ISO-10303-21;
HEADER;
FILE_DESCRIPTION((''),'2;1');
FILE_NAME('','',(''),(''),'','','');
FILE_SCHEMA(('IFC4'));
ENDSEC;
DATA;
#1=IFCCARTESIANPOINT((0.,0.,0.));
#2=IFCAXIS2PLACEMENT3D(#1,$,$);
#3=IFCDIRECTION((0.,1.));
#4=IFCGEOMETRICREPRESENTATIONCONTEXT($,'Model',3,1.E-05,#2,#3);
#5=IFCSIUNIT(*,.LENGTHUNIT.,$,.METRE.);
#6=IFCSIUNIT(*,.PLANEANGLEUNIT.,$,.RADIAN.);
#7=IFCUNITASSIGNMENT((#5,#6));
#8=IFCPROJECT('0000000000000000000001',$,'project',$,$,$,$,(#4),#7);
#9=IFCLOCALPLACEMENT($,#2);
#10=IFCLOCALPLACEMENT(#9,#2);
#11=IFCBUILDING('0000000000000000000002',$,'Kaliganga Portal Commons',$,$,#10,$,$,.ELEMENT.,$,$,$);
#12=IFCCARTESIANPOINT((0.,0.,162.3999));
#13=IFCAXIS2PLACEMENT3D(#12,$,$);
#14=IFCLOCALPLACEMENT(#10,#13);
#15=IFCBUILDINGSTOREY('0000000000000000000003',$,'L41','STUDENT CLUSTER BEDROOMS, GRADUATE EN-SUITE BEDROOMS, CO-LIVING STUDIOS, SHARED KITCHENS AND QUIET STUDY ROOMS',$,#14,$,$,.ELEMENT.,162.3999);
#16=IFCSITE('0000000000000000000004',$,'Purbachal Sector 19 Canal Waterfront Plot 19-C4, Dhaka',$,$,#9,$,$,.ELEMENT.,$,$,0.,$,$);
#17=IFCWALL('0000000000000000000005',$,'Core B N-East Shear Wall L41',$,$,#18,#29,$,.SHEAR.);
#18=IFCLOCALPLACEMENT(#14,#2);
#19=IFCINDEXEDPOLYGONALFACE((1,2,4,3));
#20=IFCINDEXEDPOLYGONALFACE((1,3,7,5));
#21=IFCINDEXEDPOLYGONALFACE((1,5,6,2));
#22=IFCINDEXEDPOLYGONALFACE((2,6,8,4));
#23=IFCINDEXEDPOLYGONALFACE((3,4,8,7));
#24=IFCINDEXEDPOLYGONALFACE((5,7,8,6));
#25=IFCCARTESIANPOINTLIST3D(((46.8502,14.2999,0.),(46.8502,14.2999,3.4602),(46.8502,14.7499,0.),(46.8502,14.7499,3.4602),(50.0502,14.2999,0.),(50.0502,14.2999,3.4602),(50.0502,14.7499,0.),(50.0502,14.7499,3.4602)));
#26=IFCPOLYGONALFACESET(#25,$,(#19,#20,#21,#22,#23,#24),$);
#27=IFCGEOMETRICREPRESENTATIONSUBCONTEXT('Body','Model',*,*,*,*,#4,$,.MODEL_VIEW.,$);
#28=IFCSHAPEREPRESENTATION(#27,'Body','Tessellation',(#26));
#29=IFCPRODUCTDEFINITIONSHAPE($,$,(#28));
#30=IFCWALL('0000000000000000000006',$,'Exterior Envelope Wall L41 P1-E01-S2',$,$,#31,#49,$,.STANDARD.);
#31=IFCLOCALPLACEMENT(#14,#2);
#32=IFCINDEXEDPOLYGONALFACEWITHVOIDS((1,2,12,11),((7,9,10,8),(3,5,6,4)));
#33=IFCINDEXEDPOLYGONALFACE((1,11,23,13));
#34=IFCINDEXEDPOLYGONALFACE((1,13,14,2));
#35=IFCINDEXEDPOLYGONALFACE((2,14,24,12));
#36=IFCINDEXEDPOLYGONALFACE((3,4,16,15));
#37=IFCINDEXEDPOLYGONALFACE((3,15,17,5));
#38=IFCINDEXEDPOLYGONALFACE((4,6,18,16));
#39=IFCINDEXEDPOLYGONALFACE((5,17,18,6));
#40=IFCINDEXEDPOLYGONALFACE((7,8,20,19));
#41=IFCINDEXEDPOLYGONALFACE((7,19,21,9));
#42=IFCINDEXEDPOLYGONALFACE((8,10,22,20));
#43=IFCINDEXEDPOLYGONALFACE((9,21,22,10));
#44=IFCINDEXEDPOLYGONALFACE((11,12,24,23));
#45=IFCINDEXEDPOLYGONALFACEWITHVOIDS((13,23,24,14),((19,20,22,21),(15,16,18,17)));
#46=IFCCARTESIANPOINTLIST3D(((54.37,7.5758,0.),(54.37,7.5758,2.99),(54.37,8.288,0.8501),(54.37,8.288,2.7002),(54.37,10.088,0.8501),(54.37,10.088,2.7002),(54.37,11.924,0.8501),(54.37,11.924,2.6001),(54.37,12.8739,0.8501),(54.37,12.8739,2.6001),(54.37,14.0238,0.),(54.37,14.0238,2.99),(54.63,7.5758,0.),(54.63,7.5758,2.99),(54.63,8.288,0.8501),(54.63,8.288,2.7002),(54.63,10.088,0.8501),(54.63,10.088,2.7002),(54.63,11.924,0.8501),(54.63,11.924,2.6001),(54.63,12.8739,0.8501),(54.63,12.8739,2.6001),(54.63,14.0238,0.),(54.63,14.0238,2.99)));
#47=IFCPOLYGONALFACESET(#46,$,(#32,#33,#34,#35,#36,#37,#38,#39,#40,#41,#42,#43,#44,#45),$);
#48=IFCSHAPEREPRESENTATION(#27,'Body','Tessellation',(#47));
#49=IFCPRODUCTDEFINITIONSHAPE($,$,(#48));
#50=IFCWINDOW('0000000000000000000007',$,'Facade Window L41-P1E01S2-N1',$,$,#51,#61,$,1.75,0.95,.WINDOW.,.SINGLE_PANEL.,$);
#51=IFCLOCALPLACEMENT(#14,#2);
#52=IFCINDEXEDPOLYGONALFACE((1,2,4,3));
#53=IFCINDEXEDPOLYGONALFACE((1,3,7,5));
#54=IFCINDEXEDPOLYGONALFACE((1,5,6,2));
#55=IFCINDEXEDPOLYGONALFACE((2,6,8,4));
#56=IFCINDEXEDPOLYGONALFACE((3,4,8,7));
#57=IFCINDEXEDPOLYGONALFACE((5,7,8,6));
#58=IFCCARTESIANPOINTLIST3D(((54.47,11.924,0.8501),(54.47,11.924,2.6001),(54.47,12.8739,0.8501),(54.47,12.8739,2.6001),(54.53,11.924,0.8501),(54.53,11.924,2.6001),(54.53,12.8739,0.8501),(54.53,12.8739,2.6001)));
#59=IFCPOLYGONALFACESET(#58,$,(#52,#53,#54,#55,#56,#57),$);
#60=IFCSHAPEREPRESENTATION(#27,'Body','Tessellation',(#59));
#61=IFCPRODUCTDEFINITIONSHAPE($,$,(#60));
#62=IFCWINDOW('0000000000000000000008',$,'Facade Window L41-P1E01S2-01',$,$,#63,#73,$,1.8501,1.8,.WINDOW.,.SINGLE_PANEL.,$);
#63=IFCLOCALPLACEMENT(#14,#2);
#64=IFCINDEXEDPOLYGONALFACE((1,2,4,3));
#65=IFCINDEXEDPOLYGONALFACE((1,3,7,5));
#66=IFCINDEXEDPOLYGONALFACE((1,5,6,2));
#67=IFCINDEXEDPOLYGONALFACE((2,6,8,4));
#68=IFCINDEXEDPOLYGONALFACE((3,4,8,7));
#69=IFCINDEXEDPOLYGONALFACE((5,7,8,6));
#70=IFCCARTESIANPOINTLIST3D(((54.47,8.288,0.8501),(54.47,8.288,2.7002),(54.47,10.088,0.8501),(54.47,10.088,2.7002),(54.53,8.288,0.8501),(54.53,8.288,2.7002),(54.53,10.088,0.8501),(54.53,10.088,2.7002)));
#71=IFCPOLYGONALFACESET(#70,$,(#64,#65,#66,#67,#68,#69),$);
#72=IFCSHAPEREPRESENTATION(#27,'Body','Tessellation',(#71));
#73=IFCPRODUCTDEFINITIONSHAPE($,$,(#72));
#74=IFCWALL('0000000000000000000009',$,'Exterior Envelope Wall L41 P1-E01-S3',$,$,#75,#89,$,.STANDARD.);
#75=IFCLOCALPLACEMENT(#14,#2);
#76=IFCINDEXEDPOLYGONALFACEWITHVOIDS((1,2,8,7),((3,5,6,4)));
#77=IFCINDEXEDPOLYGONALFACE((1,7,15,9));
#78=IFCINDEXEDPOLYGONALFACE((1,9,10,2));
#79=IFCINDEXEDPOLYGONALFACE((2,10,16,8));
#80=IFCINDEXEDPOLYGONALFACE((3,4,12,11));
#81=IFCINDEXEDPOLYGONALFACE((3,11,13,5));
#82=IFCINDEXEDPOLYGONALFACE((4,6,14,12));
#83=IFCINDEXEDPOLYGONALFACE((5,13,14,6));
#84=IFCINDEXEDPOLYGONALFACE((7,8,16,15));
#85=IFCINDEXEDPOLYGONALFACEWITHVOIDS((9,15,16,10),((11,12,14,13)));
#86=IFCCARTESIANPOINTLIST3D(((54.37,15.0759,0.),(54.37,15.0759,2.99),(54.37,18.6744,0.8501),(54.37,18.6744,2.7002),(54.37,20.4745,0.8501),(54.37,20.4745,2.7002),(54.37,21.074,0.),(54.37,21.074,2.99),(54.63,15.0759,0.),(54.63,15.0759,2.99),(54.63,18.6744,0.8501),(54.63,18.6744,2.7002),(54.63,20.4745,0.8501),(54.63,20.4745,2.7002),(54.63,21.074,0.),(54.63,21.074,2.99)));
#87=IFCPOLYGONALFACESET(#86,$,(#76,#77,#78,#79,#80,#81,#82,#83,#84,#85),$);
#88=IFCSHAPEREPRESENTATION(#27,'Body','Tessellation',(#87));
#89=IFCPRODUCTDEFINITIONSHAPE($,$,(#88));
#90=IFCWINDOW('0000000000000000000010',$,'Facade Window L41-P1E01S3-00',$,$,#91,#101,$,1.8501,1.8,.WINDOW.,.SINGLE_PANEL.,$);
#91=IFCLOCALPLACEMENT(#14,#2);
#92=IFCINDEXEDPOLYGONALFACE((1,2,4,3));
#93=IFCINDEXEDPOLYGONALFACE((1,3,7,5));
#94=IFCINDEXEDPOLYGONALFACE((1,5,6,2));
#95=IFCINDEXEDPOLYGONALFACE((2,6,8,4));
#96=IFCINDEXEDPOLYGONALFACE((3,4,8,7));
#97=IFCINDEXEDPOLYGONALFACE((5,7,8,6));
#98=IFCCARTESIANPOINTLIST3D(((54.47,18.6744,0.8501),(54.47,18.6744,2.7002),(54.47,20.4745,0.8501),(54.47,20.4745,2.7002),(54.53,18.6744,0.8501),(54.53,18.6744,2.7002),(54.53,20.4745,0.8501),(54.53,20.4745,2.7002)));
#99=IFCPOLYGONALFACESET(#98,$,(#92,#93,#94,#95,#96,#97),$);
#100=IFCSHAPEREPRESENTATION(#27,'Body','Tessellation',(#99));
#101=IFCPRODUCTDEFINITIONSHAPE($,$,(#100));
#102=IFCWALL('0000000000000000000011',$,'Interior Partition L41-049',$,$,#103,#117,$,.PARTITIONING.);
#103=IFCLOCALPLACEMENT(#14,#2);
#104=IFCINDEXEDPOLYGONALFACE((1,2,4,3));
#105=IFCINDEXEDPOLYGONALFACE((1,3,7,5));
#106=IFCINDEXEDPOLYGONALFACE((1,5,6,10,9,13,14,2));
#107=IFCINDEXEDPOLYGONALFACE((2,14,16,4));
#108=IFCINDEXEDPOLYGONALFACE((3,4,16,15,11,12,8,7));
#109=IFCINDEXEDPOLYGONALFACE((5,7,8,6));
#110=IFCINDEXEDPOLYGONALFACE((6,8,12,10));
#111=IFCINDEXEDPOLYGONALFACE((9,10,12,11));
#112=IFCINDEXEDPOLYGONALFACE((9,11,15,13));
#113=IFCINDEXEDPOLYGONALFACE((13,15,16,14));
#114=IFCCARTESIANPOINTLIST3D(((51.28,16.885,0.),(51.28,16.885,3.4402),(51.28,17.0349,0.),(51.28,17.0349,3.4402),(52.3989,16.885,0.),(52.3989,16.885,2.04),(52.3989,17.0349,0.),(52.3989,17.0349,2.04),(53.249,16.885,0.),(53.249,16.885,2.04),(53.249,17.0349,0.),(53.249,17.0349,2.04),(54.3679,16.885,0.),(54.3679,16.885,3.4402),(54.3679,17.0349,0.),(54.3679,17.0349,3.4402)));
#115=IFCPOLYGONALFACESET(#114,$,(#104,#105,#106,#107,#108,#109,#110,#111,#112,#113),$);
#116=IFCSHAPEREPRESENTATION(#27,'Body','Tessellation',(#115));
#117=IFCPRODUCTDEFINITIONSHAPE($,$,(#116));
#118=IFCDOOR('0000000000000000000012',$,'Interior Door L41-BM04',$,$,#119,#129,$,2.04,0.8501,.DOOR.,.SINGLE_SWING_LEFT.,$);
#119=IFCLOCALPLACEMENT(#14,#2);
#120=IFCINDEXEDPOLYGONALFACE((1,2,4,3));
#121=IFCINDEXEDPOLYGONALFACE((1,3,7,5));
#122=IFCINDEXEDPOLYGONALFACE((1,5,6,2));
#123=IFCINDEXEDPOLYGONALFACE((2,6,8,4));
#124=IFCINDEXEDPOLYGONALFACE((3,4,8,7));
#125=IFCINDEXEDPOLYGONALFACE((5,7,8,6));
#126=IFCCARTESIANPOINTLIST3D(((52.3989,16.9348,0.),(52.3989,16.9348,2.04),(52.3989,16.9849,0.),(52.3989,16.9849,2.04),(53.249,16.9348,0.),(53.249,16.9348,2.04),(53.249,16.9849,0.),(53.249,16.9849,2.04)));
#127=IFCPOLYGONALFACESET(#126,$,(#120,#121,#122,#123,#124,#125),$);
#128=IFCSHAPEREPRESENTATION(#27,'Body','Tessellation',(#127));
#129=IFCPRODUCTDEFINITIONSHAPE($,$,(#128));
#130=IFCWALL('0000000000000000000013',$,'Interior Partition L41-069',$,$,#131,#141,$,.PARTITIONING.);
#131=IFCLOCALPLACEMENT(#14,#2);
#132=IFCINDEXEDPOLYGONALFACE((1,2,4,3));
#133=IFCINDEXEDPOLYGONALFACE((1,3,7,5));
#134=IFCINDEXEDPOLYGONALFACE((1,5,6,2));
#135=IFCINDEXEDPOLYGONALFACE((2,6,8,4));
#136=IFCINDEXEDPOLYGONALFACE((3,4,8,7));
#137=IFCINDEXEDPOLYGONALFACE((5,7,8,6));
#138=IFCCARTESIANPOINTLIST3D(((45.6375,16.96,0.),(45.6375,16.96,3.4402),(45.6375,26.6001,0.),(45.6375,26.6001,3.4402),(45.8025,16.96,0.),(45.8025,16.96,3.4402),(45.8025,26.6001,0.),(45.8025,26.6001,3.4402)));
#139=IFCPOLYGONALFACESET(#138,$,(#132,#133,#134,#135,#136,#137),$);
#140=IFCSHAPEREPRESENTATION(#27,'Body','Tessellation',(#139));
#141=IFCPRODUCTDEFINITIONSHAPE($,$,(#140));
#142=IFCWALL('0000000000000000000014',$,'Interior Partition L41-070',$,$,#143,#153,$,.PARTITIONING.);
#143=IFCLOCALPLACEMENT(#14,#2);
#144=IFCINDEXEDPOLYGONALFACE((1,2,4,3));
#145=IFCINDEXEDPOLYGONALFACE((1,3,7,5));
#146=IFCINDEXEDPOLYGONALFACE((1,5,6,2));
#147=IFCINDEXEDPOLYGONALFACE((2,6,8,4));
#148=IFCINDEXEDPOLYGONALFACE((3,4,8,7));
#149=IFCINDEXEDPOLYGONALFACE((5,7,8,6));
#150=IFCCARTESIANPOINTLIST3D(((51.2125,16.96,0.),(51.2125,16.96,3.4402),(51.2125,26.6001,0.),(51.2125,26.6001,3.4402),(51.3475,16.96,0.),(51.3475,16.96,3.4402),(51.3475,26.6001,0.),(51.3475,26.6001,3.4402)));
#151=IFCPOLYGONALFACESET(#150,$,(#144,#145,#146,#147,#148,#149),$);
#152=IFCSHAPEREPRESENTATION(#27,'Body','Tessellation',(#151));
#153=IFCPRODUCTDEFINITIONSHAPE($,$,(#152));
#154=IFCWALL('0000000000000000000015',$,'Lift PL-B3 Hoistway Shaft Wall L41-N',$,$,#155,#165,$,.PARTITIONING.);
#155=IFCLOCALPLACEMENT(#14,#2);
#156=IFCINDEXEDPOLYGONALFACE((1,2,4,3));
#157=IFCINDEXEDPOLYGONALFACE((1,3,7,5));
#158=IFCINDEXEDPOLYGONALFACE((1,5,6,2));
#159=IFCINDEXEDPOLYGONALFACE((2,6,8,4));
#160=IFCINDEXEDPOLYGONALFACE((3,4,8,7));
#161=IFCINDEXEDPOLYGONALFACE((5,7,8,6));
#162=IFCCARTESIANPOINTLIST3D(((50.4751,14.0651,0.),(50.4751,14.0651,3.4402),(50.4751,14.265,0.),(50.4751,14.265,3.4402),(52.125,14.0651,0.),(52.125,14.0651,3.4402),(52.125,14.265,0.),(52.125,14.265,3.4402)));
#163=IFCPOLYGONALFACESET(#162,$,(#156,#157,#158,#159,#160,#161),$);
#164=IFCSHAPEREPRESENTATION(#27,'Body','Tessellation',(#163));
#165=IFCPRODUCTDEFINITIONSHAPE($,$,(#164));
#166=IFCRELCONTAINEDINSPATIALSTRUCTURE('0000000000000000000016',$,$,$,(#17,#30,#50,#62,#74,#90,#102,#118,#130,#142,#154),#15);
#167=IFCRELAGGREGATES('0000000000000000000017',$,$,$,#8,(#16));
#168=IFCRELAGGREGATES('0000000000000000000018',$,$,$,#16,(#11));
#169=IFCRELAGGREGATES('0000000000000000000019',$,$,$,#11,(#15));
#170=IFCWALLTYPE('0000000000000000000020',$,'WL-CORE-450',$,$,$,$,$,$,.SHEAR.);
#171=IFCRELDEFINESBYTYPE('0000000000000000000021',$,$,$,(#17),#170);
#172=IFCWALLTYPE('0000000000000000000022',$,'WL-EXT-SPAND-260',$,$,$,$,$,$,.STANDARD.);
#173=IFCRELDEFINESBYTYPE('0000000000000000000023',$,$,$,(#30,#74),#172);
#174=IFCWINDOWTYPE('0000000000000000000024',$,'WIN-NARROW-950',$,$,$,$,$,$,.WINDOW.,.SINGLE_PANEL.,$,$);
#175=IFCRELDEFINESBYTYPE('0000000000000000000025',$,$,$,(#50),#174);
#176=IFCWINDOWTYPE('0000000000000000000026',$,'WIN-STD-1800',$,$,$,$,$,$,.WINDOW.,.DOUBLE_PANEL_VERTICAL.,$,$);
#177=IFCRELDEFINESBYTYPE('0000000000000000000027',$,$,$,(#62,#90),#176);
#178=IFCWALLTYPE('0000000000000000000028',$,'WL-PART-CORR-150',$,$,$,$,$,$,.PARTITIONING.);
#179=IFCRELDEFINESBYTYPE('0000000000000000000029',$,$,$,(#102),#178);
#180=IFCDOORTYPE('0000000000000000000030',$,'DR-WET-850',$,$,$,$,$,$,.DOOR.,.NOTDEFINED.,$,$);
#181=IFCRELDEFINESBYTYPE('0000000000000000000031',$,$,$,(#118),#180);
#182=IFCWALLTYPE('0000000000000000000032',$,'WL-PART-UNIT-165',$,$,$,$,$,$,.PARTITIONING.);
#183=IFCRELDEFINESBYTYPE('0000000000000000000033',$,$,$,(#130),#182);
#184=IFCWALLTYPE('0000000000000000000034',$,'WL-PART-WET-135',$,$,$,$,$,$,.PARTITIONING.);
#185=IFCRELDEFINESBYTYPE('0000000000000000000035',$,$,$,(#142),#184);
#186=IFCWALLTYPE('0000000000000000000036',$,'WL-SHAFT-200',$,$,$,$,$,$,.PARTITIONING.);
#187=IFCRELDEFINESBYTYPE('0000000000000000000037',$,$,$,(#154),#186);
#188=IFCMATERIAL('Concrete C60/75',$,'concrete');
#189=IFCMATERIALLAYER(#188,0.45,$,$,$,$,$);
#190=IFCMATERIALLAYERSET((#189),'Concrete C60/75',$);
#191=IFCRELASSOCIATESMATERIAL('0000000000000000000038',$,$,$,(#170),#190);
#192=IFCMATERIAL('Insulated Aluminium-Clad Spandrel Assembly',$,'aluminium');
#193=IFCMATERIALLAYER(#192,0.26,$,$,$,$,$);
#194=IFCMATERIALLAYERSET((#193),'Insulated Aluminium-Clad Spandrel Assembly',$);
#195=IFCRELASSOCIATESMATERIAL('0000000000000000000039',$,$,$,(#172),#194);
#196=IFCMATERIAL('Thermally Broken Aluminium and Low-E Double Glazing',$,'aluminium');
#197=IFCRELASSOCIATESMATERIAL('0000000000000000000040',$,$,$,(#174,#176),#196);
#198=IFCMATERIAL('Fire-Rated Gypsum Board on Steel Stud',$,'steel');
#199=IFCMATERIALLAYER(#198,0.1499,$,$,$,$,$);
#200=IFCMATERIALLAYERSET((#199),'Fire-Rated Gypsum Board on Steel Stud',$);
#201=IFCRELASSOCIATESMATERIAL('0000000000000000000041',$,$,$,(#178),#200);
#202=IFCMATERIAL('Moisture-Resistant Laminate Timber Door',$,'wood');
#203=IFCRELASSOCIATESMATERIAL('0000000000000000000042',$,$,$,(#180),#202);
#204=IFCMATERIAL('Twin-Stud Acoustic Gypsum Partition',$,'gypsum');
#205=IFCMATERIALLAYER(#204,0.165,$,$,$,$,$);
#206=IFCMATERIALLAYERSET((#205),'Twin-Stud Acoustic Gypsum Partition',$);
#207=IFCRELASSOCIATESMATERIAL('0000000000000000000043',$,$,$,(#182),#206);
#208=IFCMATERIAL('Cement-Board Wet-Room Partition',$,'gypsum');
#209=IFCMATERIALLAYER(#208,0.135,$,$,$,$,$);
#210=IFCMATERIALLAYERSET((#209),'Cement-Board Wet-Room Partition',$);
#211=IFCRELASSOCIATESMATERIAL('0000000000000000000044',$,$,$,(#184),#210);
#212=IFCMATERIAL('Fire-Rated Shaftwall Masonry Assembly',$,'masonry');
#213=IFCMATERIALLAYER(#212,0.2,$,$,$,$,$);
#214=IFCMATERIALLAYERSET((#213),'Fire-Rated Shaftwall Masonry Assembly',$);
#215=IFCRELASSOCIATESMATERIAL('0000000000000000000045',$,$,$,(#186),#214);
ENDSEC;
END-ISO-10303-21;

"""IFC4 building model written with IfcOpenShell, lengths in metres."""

from ifc_helpers import new_model, si_unit, direction, frame, frame_2d, origin, place, context, subcontext, project, spatial, rectangle, extrude, material, layer, layer_set, type_object, element, fill, save


model = new_model("IFC4")

# Units and contexts
model_context = context("Model", 3, precision=1e-05, world=origin(), true_north=direction((0.0, 1.0)))
body_context = subcontext(model_context, "Body", "Model", "MODEL_VIEW")
ifc_project = project(units=[si_unit("LENGTHUNIT", "METRE"), si_unit("PLANEANGLEUNIT", "RADIAN")], contexts=[model_context])

# Site, building, storey
site_placement = place(None, origin())
site = spatial("IfcSite", under=ifc_project, at=site_placement, Name="Purbachal Sector 19 Canal Waterfront Plot 19-C4, Dhaka", CompositionType="ELEMENT", RefElevation=0.0)
building_placement = place(site_placement, origin())
building = spatial("IfcBuilding", under=site, at=building_placement, Name="Kaliganga Portal Commons", CompositionType="ELEMENT")
storey_placement = place(building_placement, frame((0.0, 0.0, 162.3999)))
storey = spatial("IfcBuildingStorey", under=building, at=storey_placement, Name="L41", Description="STUDENT CLUSTER BEDROOMS, GRADUATE EN-SUITE BEDROOMS, CO-LIVING STUDIOS, SHARED KITCHENS AND QUIET STUDY ROOMS", CompositionType="ELEMENT", Elevation=162.3999)

# Shared definitions
ifc_material_1 = material(Name="Concrete C60/75", Category="concrete")

# Wall
ifc_layer_1 = layer(ifc_material_1, 0.45)
ifc_layer_set_1 = layer_set([ifc_layer_1], Name="Concrete C60/75")
wall_type_1 = type_object("IfcWallType", Name="WL-CORE-450", PredefinedType="SHEAR", material=ifc_layer_set_1)
wall_1_placement = place(storey_placement, frame((46.8501, 14.5249, 0.0), z_axis=(0.0, 0.0, 1.0), x_axis=(1.0, 0.0, 0.0)))
element("IfcWall", 1, at=wall_1_placement, inside=storey, type_object=wall_type_1, Name="Core B N-East Shear Wall L41", PredefinedType="SHEAR", context=body_context, shape_type="SweptSolid", body=[
    extrude(rectangle(XDim=3.2, YDim=0.45, at=frame_2d((1.6001, 0.0))), origin(), (0.0, 0.0, 1.0), 3.4602),
])

# Wall, openings, windows
ifc_material_2 = material(Name="Insulated Aluminium-Clad Spandrel Assembly", Category="aluminium")
ifc_layer_2 = layer(ifc_material_2, 0.26)
ifc_layer_set_2 = layer_set([ifc_layer_2], Name="Insulated Aluminium-Clad Spandrel Assembly")
wall_type_2 = type_object("IfcWallType", Name="WL-EXT-SPAND-260", PredefinedType="STANDARD", material=ifc_layer_set_2)
wall_2_placement = place(storey_placement, frame((54.5, 14.0239, 0.0), z_axis=(0.0, 0.0, 1.0), x_axis=(0.0, -1.0, 0.0)))
wall_2 = element("IfcWall", 2, at=wall_2_placement, inside=storey, type_object=wall_type_2, Name="Exterior Envelope Wall L41 P1-E01-S2", PredefinedType="STANDARD", context=body_context, shape_type="SweptSolid", body=[
    extrude(rectangle(XDim=6.448, YDim=0.26, at=frame_2d((3.2241, 0.0))), origin(), (0.0, 0.0, 1.0), 2.99),
])
opening_1_placement = place(wall_2_placement, frame((3.936, 0.0, 0.8501)))
opening_1 = element("IfcOpeningElement", 3, at=opening_1_placement, cuts=wall_2, PredefinedType="OPENING", context=body_context, shape_type="SweptSolid", body=[
    extrude(rectangle(XDim=1.8, YDim=1.8501, at=frame_2d((0.8999, 0.925))), frame((0.0, 0.1401, 0.0), z_axis=(0.0, -1.0, 0.0), x_axis=(1.0, 0.0, 0.0)), (0.0, 0.0, 1.0), 0.28),
])
opening_2_placement = place(wall_2_placement, frame((1.1499, 0.0, 0.8501)))
opening_2 = element("IfcOpeningElement", 4, at=opening_2_placement, cuts=wall_2, PredefinedType="OPENING", context=body_context, shape_type="SweptSolid", body=[
    extrude(rectangle(XDim=0.95, YDim=1.75, at=frame_2d((0.4751, 0.875))), frame((0.0, 0.1401, 0.0), z_axis=(0.0, -1.0, 0.0), x_axis=(1.0, 0.0, 0.0)), (0.0, 0.0, 1.0), 0.28),
])
ifc_material_3 = material(Name="Thermally Broken Aluminium and Low-E Double Glazing", Category="aluminium")
window_type_1 = type_object("IfcWindowType", Name="WIN-NARROW-950", PartitioningType="SINGLE_PANEL", PredefinedType="WINDOW", material=ifc_material_3)
window_1_placement = place(opening_2_placement, origin())
window_1 = element("IfcWindow", 5, at=window_1_placement, inside=storey, type_object=window_type_1, Name="Facade Window L41-P1E01S2-N1", OverallHeight=1.75, OverallWidth=0.95, PartitioningType="SINGLE_PANEL", PredefinedType="WINDOW", context=body_context, shape_type="SweptSolid", body=[
    extrude(rectangle(XDim=0.95, YDim=1.75, at=frame_2d((0.4751, 0.875))), frame((0.0, 0.03, 0.0), z_axis=(0.0, -1.0, 0.0), x_axis=(1.0, 0.0, 0.0)), (0.0, 0.0, 1.0), 0.0601),
])
fill(opening_2, window_1)
window_type_2 = type_object("IfcWindowType", Name="WIN-STD-1800", PartitioningType="DOUBLE_PANEL_VERTICAL", PredefinedType="WINDOW", material=ifc_material_3)
window_2_placement = place(opening_1_placement, origin())
window_2 = element("IfcWindow", 6, at=window_2_placement, inside=storey, type_object=window_type_2, Name="Facade Window L41-P1E01S2-01", OverallHeight=1.8501, OverallWidth=1.8, PartitioningType="SINGLE_PANEL", PredefinedType="WINDOW", context=body_context, shape_type="SweptSolid", body=[
    extrude(rectangle(XDim=1.8, YDim=1.8501, at=frame_2d((0.8999, 0.925))), frame((0.0, 0.03, 0.0), z_axis=(0.0, -1.0, 0.0), x_axis=(1.0, 0.0, 0.0)), (0.0, 0.0, 1.0), 0.0601),
])
fill(opening_1, window_2)

# Wall, opening, window
wall_3_placement = place(storey_placement, frame((54.5, 21.074, 0.0), z_axis=(0.0, 0.0, 1.0), x_axis=(0.0, -1.0, 0.0)))
wall_3 = element("IfcWall", 7, at=wall_3_placement, inside=storey, type_object=wall_type_2, Name="Exterior Envelope Wall L41 P1-E01-S3", PredefinedType="STANDARD", context=body_context, shape_type="SweptSolid", body=[
    extrude(rectangle(XDim=5.998, YDim=0.26, at=frame_2d((2.999, 0.0))), origin(), (0.0, 0.0, 1.0), 2.99),
])
opening_3_placement = place(wall_3_placement, frame((0.5996, 0.0, 0.8501)))
opening_3 = element("IfcOpeningElement", 8, at=opening_3_placement, cuts=wall_3, PredefinedType="OPENING", context=body_context, shape_type="SweptSolid", body=[
    extrude(rectangle(XDim=1.8, YDim=1.8501, at=frame_2d((0.8999, 0.925))), frame((0.0, 0.1401, 0.0), z_axis=(0.0, -1.0, 0.0), x_axis=(1.0, 0.0, 0.0)), (0.0, 0.0, 1.0), 0.28),
])
window_3_placement = place(opening_3_placement, origin())
window_3 = element("IfcWindow", 9, at=window_3_placement, inside=storey, type_object=window_type_2, Name="Facade Window L41-P1E01S3-00", OverallHeight=1.8501, OverallWidth=1.8, PartitioningType="SINGLE_PANEL", PredefinedType="WINDOW", context=body_context, shape_type="SweptSolid", body=[
    extrude(rectangle(XDim=1.8, YDim=1.8501, at=frame_2d((0.8999, 0.925))), frame((0.0, 0.03, 0.0), z_axis=(0.0, -1.0, 0.0), x_axis=(1.0, 0.0, 0.0)), (0.0, 0.0, 1.0), 0.0601),
])
fill(opening_3, window_3)

# Wall, opening, door
ifc_material_4 = material(Name="Fire-Rated Gypsum Board on Steel Stud", Category="steel")
ifc_layer_3 = layer(ifc_material_4, 0.1499)
ifc_layer_set_3 = layer_set([ifc_layer_3], Name="Fire-Rated Gypsum Board on Steel Stud")
wall_type_3 = type_object("IfcWallType", Name="WL-PART-CORR-150", PredefinedType="PARTITIONING", material=ifc_layer_set_3)
wall_4_placement = place(storey_placement, frame((51.28, 16.96, 0.0), z_axis=(0.0, 0.0, 1.0), x_axis=(1.0, 0.0, 0.0)))
wall_4 = element("IfcWall", 10, at=wall_4_placement, inside=storey, type_object=wall_type_3, Name="Interior Partition L41-049", PredefinedType="PARTITIONING", context=body_context, shape_type="SweptSolid", body=[
    extrude(rectangle(XDim=3.0879, YDim=0.1499, at=frame_2d((1.5439, 0.0))), origin(), (0.0, 0.0, 1.0), 3.4402),
])
opening_4_placement = place(wall_4_placement, frame((1.1189, 0.0, 0.0)))
opening_4 = element("IfcOpeningElement", 11, at=opening_4_placement, cuts=wall_4, PredefinedType="OPENING", context=body_context, shape_type="SweptSolid", body=[
    extrude(rectangle(XDim=0.8501, YDim=2.04, at=frame_2d((0.425, 1.02))), frame((0.0, 0.085, 0.0), z_axis=(0.0, -1.0, 0.0), x_axis=(1.0, 0.0, 0.0)), (0.0, 0.0, 1.0), 0.1699),
])
ifc_material_5 = material(Name="Moisture-Resistant Laminate Timber Door", Category="wood")
door_type_1 = type_object("IfcDoorType", Name="DR-WET-850", OperationType="NOTDEFINED", PredefinedType="DOOR", material=ifc_material_5)
door_1_placement = place(opening_4_placement, origin())
door_1 = element("IfcDoor", 12, at=door_1_placement, inside=storey, type_object=door_type_1, Name="Interior Door L41-BM04", OperationType="SINGLE_SWING_LEFT", OverallHeight=2.04, OverallWidth=0.8501, PredefinedType="DOOR", context=body_context, shape_type="SweptSolid", body=[
    extrude(rectangle(XDim=0.8501, YDim=2.04, at=frame_2d((0.425, 1.02))), frame((0.0, 0.0249, 0.0), z_axis=(0.0, -1.0, 0.0), x_axis=(1.0, 0.0, 0.0)), (0.0, 0.0, 1.0), 0.05),
])
fill(opening_4, door_1)

# Walls
ifc_material_6 = material(Name="Twin-Stud Acoustic Gypsum Partition", Category="gypsum")
ifc_layer_4 = layer(ifc_material_6, 0.165)
ifc_layer_set_4 = layer_set([ifc_layer_4], Name="Twin-Stud Acoustic Gypsum Partition")
wall_type_4 = type_object("IfcWallType", Name="WL-PART-UNIT-165", PredefinedType="PARTITIONING", material=ifc_layer_set_4)
wall_5_placement = place(storey_placement, frame((45.72, 16.96, 0.0), z_axis=(0.0, 0.0, 1.0), x_axis=(0.0, 1.0, 0.0)))
element("IfcWall", 13, at=wall_5_placement, inside=storey, type_object=wall_type_4, Name="Interior Partition L41-069", PredefinedType="PARTITIONING", context=body_context, shape_type="SweptSolid", body=[
    extrude(rectangle(XDim=9.6401, YDim=0.165, at=frame_2d((4.8201, 0.0))), origin(), (0.0, 0.0, 1.0), 3.4402),
])
ifc_material_7 = material(Name="Cement-Board Wet-Room Partition", Category="gypsum")
ifc_layer_5 = layer(ifc_material_7, 0.135)
ifc_layer_set_5 = layer_set([ifc_layer_5], Name="Cement-Board Wet-Room Partition")
wall_type_5 = type_object("IfcWallType", Name="WL-PART-WET-135", PredefinedType="PARTITIONING", material=ifc_layer_set_5)
wall_6_placement = place(storey_placement, frame((51.28, 16.96, 0.0), z_axis=(0.0, 0.0, 1.0), x_axis=(0.0, 1.0, 0.0)))
element("IfcWall", 14, at=wall_6_placement, inside=storey, type_object=wall_type_5, Name="Interior Partition L41-070", PredefinedType="PARTITIONING", context=body_context, shape_type="SweptSolid", body=[
    extrude(rectangle(XDim=9.6401, YDim=0.135, at=frame_2d((4.8201, 0.0))), origin(), (0.0, 0.0, 1.0), 3.4402),
])

# Shared definitions
ifc_material_8 = material(Name="Fire-Rated Shaftwall Masonry Assembly", Category="masonry")
ifc_layer_6 = layer(ifc_material_8, 0.2)
ifc_layer_set_6 = layer_set([ifc_layer_6], Name="Fire-Rated Shaftwall Masonry Assembly")
wall_type_6 = type_object("IfcWallType", Name="WL-SHAFT-200", PredefinedType="PARTITIONING", material=ifc_layer_set_6)

# Wall
wall_7_placement = place(storey_placement, frame((50.4751, 14.165, 0.0), z_axis=(0.0, 0.0, 1.0), x_axis=(1.0, 0.0, 0.0)))
element("IfcWall", 15, at=wall_7_placement, inside=storey, type_object=wall_type_6, Name="Lift PL-B3 Hoistway Shaft Wall L41-N", PredefinedType="PARTITIONING", context=body_context, shape_type="SweptSolid", body=[
    extrude(rectangle(XDim=1.6499, YDim=0.2, at=frame_2d((0.825, 0.0))), origin(), (0.0, 0.0, 1.0), 3.4402),
])

save(model, "model.ifc")
